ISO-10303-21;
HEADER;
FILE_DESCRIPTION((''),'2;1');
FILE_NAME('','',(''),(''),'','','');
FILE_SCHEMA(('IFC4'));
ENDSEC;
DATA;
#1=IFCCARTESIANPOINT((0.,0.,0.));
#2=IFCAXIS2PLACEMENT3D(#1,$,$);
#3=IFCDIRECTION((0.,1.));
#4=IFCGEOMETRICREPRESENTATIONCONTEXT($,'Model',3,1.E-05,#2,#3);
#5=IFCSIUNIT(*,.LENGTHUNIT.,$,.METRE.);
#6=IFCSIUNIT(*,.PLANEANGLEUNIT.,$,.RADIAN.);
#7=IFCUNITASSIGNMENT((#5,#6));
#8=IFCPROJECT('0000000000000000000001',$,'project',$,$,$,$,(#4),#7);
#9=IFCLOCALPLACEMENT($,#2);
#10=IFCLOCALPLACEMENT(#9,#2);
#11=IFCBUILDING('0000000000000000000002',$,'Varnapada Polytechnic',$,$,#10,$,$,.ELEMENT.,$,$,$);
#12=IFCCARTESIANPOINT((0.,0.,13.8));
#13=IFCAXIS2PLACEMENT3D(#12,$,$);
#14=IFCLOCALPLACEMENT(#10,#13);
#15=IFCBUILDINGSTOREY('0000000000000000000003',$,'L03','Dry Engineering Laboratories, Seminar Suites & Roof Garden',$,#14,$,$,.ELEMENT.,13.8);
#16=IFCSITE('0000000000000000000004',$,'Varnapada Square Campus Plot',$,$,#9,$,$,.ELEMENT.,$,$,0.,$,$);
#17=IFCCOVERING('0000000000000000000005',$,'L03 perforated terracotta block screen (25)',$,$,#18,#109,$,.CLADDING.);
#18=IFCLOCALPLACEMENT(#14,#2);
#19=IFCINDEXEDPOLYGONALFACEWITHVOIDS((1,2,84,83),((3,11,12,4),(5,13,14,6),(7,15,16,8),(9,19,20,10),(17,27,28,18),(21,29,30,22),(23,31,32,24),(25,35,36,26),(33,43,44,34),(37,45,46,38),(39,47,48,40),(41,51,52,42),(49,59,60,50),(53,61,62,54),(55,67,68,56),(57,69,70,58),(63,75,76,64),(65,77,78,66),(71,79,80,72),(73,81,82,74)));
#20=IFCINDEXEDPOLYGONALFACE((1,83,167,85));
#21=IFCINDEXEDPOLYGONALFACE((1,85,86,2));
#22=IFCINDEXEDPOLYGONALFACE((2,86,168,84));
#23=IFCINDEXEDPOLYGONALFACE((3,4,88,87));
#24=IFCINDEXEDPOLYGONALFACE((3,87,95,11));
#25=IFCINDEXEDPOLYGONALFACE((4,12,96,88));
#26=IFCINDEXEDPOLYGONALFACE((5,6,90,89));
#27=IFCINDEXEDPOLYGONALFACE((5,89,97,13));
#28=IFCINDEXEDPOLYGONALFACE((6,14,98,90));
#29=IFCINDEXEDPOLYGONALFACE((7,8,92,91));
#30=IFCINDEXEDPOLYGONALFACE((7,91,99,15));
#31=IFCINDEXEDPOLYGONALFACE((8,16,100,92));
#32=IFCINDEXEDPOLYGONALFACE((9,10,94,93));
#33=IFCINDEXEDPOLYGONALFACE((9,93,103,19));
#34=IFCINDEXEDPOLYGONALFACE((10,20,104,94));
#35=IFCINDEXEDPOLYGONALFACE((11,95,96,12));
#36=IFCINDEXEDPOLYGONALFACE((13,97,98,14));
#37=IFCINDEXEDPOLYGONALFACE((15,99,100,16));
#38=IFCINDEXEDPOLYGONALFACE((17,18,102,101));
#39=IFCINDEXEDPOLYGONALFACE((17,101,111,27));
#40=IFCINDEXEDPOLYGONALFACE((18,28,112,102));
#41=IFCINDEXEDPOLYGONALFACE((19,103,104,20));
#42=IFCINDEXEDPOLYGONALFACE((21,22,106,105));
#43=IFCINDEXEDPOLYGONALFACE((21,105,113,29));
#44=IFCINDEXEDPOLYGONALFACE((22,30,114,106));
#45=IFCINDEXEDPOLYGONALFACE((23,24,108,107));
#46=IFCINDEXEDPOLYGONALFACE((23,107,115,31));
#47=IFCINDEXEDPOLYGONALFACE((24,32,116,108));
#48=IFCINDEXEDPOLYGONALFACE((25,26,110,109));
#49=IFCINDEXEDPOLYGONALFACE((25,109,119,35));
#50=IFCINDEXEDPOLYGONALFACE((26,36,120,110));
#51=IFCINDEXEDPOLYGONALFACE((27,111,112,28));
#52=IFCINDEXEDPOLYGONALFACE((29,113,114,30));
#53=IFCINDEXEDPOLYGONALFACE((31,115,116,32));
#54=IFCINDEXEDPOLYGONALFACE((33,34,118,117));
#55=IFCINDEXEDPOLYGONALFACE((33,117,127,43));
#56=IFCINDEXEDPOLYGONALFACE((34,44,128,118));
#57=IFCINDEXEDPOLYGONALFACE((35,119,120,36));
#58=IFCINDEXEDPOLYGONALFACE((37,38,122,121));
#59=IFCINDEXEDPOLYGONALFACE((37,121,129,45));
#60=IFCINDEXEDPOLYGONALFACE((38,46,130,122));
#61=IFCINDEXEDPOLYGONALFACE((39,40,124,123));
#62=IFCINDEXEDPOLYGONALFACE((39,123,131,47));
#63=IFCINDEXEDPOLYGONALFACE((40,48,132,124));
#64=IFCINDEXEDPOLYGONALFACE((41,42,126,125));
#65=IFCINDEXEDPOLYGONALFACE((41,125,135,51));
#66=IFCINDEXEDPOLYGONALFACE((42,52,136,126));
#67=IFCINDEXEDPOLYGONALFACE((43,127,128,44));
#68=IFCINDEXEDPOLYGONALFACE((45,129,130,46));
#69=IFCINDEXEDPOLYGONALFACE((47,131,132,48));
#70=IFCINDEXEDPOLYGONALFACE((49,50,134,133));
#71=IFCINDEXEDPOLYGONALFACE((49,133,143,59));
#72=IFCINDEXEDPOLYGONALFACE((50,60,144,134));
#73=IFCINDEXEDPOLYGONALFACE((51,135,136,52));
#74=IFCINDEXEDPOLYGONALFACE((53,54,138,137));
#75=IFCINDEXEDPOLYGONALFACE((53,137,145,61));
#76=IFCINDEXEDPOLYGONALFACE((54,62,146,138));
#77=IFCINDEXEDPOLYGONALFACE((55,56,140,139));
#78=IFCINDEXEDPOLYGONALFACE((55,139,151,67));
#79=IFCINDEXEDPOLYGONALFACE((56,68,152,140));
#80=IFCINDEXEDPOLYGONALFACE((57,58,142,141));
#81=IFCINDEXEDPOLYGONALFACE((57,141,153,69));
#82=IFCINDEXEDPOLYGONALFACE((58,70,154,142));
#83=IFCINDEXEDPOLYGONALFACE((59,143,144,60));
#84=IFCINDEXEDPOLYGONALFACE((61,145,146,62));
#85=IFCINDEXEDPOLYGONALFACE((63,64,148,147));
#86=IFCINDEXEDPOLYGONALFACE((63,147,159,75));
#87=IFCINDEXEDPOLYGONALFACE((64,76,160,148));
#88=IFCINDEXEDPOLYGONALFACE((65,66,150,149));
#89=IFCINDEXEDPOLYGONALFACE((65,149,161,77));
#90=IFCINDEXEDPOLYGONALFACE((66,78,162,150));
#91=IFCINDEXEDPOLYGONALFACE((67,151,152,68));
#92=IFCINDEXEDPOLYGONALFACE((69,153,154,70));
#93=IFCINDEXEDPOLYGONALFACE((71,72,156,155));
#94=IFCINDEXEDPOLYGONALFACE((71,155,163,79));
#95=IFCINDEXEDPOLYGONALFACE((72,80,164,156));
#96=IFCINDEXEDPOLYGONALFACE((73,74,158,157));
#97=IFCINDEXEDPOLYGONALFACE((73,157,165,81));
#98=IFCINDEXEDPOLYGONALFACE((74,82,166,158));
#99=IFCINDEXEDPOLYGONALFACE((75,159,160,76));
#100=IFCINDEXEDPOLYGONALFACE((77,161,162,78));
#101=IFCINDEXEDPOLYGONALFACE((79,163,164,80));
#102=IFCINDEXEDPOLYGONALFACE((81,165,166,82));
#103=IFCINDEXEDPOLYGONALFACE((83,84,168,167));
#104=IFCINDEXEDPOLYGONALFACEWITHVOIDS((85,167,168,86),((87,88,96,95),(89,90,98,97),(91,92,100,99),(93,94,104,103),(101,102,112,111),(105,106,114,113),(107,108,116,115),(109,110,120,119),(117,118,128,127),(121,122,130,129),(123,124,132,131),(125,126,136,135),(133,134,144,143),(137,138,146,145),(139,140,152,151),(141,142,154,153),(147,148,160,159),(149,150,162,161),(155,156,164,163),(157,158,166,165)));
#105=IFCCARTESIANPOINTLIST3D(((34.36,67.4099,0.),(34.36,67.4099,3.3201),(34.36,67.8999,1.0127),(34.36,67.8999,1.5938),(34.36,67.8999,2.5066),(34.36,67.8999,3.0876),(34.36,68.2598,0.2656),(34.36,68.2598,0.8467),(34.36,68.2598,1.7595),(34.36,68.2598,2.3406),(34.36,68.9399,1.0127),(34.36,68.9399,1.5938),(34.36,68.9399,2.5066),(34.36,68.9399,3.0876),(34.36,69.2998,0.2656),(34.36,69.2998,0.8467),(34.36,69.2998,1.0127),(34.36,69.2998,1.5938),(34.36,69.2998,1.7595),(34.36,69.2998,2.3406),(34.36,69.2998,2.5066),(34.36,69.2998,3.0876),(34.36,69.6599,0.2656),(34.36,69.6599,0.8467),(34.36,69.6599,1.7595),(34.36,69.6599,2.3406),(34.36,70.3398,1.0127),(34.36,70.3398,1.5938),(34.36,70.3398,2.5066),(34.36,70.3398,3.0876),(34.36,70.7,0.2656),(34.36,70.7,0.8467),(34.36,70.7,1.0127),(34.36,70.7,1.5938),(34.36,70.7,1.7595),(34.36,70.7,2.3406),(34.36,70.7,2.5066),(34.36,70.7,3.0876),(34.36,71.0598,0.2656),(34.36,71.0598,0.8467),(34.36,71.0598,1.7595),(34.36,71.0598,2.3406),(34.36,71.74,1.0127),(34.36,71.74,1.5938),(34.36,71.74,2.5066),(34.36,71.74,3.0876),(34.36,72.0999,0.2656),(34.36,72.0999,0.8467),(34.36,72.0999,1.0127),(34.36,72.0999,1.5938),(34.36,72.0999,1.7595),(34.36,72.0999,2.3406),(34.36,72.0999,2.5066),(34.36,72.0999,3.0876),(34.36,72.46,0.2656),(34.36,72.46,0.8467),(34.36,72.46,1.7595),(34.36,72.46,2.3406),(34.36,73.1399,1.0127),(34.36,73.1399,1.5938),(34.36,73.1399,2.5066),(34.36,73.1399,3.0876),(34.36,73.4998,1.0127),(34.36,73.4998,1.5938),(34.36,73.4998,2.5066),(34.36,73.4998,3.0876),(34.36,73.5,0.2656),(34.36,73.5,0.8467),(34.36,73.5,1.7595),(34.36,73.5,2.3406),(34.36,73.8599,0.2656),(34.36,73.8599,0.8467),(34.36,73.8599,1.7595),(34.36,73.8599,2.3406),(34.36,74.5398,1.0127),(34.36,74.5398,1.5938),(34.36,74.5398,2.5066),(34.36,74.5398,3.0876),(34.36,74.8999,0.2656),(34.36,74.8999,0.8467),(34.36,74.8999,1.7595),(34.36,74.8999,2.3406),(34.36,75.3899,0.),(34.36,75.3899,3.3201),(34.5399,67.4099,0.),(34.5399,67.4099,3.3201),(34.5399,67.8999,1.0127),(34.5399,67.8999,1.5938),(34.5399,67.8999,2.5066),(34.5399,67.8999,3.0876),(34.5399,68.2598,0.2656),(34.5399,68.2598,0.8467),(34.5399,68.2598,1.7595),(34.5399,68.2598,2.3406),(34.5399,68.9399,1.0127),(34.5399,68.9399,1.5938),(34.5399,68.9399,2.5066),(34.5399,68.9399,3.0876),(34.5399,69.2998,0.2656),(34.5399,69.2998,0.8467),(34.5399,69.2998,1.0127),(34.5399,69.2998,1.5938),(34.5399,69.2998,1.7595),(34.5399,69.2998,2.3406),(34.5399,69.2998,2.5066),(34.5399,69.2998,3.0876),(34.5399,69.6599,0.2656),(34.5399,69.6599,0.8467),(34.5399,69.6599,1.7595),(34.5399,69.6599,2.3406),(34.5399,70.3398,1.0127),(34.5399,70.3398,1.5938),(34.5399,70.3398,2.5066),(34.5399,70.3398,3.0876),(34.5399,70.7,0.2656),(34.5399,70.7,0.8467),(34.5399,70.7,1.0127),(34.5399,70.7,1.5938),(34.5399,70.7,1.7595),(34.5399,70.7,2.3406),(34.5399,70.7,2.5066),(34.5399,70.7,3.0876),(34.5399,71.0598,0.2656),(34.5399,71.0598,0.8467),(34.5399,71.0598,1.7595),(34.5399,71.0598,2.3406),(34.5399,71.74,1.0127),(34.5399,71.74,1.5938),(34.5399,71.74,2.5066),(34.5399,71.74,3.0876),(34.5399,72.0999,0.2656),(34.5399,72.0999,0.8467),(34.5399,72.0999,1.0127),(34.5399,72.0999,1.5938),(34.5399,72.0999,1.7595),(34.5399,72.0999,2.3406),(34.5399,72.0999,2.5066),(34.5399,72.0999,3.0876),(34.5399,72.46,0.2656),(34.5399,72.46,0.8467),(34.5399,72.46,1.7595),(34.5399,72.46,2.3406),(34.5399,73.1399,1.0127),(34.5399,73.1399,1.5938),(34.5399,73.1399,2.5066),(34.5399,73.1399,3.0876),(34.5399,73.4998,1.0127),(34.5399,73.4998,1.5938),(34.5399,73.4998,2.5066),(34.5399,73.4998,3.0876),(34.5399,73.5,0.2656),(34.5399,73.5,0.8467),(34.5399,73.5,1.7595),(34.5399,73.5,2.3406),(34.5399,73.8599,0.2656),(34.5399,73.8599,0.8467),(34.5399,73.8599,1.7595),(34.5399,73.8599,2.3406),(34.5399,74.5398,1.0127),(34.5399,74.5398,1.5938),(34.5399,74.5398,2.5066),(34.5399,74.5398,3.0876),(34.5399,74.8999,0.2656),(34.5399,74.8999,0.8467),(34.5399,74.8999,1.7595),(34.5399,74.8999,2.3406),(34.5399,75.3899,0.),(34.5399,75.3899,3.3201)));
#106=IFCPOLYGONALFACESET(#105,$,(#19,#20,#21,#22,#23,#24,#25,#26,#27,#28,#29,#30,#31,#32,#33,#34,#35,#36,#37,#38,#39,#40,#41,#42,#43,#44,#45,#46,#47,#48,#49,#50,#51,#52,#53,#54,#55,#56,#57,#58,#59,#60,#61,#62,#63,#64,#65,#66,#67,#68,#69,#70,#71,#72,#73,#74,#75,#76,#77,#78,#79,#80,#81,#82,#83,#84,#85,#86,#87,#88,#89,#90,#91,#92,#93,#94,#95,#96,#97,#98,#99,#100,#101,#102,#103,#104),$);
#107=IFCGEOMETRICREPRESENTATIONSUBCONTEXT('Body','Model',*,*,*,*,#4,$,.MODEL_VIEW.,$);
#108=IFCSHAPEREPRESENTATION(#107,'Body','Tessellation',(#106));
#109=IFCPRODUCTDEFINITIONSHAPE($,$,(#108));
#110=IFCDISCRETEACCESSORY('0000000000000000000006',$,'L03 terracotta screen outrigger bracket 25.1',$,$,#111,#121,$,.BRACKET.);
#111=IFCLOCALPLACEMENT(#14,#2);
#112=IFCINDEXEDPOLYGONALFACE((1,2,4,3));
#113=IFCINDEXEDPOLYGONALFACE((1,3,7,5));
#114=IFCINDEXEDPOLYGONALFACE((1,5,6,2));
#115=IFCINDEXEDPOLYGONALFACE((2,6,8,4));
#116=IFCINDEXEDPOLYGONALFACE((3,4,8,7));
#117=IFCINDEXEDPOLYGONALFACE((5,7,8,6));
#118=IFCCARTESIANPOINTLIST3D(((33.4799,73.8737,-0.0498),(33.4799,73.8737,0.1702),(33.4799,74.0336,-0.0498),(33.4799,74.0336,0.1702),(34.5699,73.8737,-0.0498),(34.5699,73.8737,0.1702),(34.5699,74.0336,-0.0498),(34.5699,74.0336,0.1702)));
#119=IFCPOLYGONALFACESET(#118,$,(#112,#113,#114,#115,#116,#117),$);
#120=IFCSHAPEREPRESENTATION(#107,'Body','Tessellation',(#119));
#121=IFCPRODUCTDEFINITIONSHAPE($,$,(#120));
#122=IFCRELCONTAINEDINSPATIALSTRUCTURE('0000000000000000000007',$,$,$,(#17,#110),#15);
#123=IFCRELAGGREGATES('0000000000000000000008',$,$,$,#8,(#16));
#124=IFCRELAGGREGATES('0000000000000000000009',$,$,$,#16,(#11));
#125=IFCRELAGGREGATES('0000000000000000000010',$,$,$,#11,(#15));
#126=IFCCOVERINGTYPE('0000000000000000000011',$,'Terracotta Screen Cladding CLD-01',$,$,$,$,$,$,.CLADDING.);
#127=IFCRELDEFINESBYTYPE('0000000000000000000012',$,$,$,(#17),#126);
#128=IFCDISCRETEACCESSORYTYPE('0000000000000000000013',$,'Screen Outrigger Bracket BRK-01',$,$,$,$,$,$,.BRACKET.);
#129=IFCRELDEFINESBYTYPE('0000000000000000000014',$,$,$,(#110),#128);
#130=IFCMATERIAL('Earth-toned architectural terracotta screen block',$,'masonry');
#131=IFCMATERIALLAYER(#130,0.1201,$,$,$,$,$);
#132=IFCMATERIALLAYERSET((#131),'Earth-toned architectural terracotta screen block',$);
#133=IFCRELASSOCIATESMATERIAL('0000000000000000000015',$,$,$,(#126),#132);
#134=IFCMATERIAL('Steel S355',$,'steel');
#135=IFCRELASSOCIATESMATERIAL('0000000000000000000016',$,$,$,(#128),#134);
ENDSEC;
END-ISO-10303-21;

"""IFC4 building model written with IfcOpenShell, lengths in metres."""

from ifc_helpers import new_model, si_unit, direction, frame, frame_2d, origin, origin_2d, place, context, subcontext, project, spatial, rectangle, extrude, material, layer, layer_set, type_object, element, save


model = new_model("IFC4")

# Units and contexts
model_context = context("Model", 3, precision=1e-05, world=origin(), true_north=direction((0.0, 1.0)))
body_context = subcontext(model_context, "Body", "Model", "MODEL_VIEW")
ifc_project = project(units=[si_unit("LENGTHUNIT", "METRE"), si_unit("PLANEANGLEUNIT", "RADIAN")], contexts=[model_context])

# Site, building, storey
site_placement = place(None, origin())
site = spatial("IfcSite", under=ifc_project, at=site_placement, Name="Varnapada Square Campus Plot", CompositionType="ELEMENT", RefElevation=0.0)
building_placement = place(site_placement, origin())
building = spatial("IfcBuilding", under=site, at=building_placement, Name="Varnapada Polytechnic", CompositionType="ELEMENT")
storey_placement = place(building_placement, frame((0.0, 0.0, 13.8)))
storey = spatial("IfcBuildingStorey", under=building, at=storey_placement, Name="L03", Description="Dry Engineering Laboratories, Seminar Suites & Roof Garden", CompositionType="ELEMENT", Elevation=13.8)

# Covering, openings
ifc_material_1 = material(Name="Earth-toned architectural terracotta screen block", Category="masonry")
ifc_layer_1 = layer(ifc_material_1, 0.1201)
ifc_layer_set_1 = layer_set([ifc_layer_1], Name="Earth-toned architectural terracotta screen block")
covering_type = type_object("IfcCoveringType", Name="Terracotta Screen Cladding CLD-01", PredefinedType="CLADDING", material=ifc_layer_set_1)
covering_placement = place(storey_placement, frame((34.45, 75.3899, 0.0), z_axis=(0.0, 0.0, 1.0), x_axis=(0.0, -1.0, 0.0)))
covering = element("IfcCovering", 1, at=covering_placement, inside=storey, type_object=covering_type, Name="L03 perforated terracotta block screen (25)", PredefinedType="CLADDING", context=body_context, shape_type="SweptSolid", body=[
    extrude(rectangle(XDim=7.98, YDim=0.1799, at=frame_2d((3.99, 0.0))), origin(), (0.0, 0.0, 1.0), 3.3201),
])
opening_1_placement = place(covering_placement, frame((0.49, 0.0, 0.2656)))
element("IfcOpeningElement", 2, at=opening_1_placement, cuts=covering, PredefinedType="OPENING", context=body_context, shape_type="SweptSolid", body=[
    extrude(rectangle(XDim=1.04, YDim=0.5811, at=frame_2d((0.52, 0.2905))), frame((0.0, 0.0999, 0.0), z_axis=(0.0, -1.0, 0.0), x_axis=(1.0, 0.0, 0.0)), (0.0, 0.0, 1.0), 0.2),
])
opening_2_placement = place(covering_placement, frame((1.8899, 0.0, 0.2656)))
element("IfcOpeningElement", 3, at=opening_2_placement, cuts=covering, PredefinedType="OPENING", context=body_context, shape_type="SweptSolid", body=[
    extrude(rectangle(XDim=1.04, YDim=0.5811, at=frame_2d((0.52, 0.2905))), frame((0.0, 0.0999, 0.0), z_axis=(0.0, -1.0, 0.0), x_axis=(1.0, 0.0, 0.0)), (0.0, 0.0, 1.0), 0.2),
])
opening_3_placement = place(covering_placement, frame((3.29, 0.0, 0.2656)))
element("IfcOpeningElement", 4, at=opening_3_placement, cuts=covering, PredefinedType="OPENING", context=body_context, shape_type="SweptSolid", body=[
    extrude(rectangle(XDim=1.04, YDim=0.5811, at=frame_2d((0.52, 0.2905))), frame((0.0, 0.0999, 0.0), z_axis=(0.0, -1.0, 0.0), x_axis=(1.0, 0.0, 0.0)), (0.0, 0.0, 1.0), 0.2),
])
opening_4_placement = place(covering_placement, frame((4.6899, 0.0, 0.2656)))
element("IfcOpeningElement", 5, at=opening_4_placement, cuts=covering, PredefinedType="OPENING", context=body_context, shape_type="SweptSolid", body=[
    extrude(rectangle(XDim=1.04, YDim=0.5811, at=frame_2d((0.52, 0.2905))), frame((0.0, 0.0999, 0.0), z_axis=(0.0, -1.0, 0.0), x_axis=(1.0, 0.0, 0.0)), (0.0, 0.0, 1.0), 0.2),
])
opening_5_placement = place(covering_placement, frame((6.0901, 0.0, 0.2656)))
element("IfcOpeningElement", 6, at=opening_5_placement, cuts=covering, PredefinedType="OPENING", context=body_context, shape_type="SweptSolid", body=[
    extrude(rectangle(XDim=1.04, YDim=0.5811, at=frame_2d((0.52, 0.2905))), frame((0.0, 0.0999, 0.0), z_axis=(0.0, -1.0, 0.0), x_axis=(1.0, 0.0, 0.0)), (0.0, 0.0, 1.0), 0.2),
])
opening_6_placement = place(covering_placement, frame((0.8501, 0.0, 1.0127)))
element("IfcOpeningElement", 7, at=opening_6_placement, cuts=covering, PredefinedType="OPENING", context=body_context, shape_type="SweptSolid", body=[
    extrude(rectangle(XDim=1.04, YDim=0.5811, at=frame_2d((0.52, 0.2905))), frame((0.0, 0.0999, 0.0), z_axis=(0.0, -1.0, 0.0), x_axis=(1.0, 0.0, 0.0)), (0.0, 0.0, 1.0), 0.2),
])
opening_7_placement = place(covering_placement, frame((2.25, 0.0, 1.0127)))
element("IfcOpeningElement", 8, at=opening_7_placement, cuts=covering, PredefinedType="OPENING", context=body_context, shape_type="SweptSolid", body=[
    extrude(rectangle(XDim=1.04, YDim=0.5811, at=frame_2d((0.52, 0.2905))), frame((0.0, 0.0999, 0.0), z_axis=(0.0, -1.0, 0.0), x_axis=(1.0, 0.0, 0.0)), (0.0, 0.0, 1.0), 0.2),
])
opening_8_placement = place(covering_placement, frame((3.6499, 0.0, 1.0127)))
element("IfcOpeningElement", 9, at=opening_8_placement, cuts=covering, PredefinedType="OPENING", context=body_context, shape_type="SweptSolid", body=[
    extrude(rectangle(XDim=1.04, YDim=0.5811, at=frame_2d((0.52, 0.2905))), frame((0.0, 0.0999, 0.0), z_axis=(0.0, -1.0, 0.0), x_axis=(1.0, 0.0, 0.0)), (0.0, 0.0, 1.0), 0.2),
])
opening_9_placement = place(covering_placement, frame((5.05, 0.0, 1.0127)))
element("IfcOpeningElement", 10, at=opening_9_placement, cuts=covering, PredefinedType="OPENING", context=body_context, shape_type="SweptSolid", body=[
    extrude(rectangle(XDim=1.04, YDim=0.5811, at=frame_2d((0.52, 0.2905))), frame((0.0, 0.0999, 0.0), z_axis=(0.0, -1.0, 0.0), x_axis=(1.0, 0.0, 0.0)), (0.0, 0.0, 1.0), 0.2),
])
opening_10_placement = place(covering_placement, frame((6.45, 0.0, 1.0127)))
element("IfcOpeningElement", 11, at=opening_10_placement, cuts=covering, PredefinedType="OPENING", context=body_context, shape_type="SweptSolid", body=[
    extrude(rectangle(XDim=1.04, YDim=0.5811, at=frame_2d((0.52, 0.2905))), frame((0.0, 0.0999, 0.0), z_axis=(0.0, -1.0, 0.0), x_axis=(1.0, 0.0, 0.0)), (0.0, 0.0, 1.0), 0.2),
])
opening_11_placement = place(covering_placement, frame((0.49, 0.0, 1.7595)))
element("IfcOpeningElement", 12, at=opening_11_placement, cuts=covering, PredefinedType="OPENING", context=body_context, shape_type="SweptSolid", body=[
    extrude(rectangle(XDim=1.04, YDim=0.5811, at=frame_2d((0.52, 0.2905))), frame((0.0, 0.0999, 0.0), z_axis=(0.0, -1.0, 0.0), x_axis=(1.0, 0.0, 0.0)), (0.0, 0.0, 1.0), 0.2),
])
opening_12_placement = place(covering_placement, frame((1.8899, 0.0, 1.7595)))
element("IfcOpeningElement", 13, at=opening_12_placement, cuts=covering, PredefinedType="OPENING", context=body_context, shape_type="SweptSolid", body=[
    extrude(rectangle(XDim=1.04, YDim=0.5811, at=frame_2d((0.52, 0.2905))), frame((0.0, 0.0999, 0.0), z_axis=(0.0, -1.0, 0.0), x_axis=(1.0, 0.0, 0.0)), (0.0, 0.0, 1.0), 0.2),
])
opening_13_placement = place(covering_placement, frame((3.29, 0.0, 1.7595)))
element("IfcOpeningElement", 14, at=opening_13_placement, cuts=covering, PredefinedType="OPENING", context=body_context, shape_type="SweptSolid", body=[
    extrude(rectangle(XDim=1.04, YDim=0.5811, at=frame_2d((0.52, 0.2905))), frame((0.0, 0.0999, 0.0), z_axis=(0.0, -1.0, 0.0), x_axis=(1.0, 0.0, 0.0)), (0.0, 0.0, 1.0), 0.2),
])
opening_14_placement = place(covering_placement, frame((4.6899, 0.0, 1.7595)))
element("IfcOpeningElement", 15, at=opening_14_placement, cuts=covering, PredefinedType="OPENING", context=body_context, shape_type="SweptSolid", body=[
    extrude(rectangle(XDim=1.04, YDim=0.5811, at=frame_2d((0.52, 0.2905))), frame((0.0, 0.0999, 0.0), z_axis=(0.0, -1.0, 0.0), x_axis=(1.0, 0.0, 0.0)), (0.0, 0.0, 1.0), 0.2),
])
opening_15_placement = place(covering_placement, frame((6.0901, 0.0, 1.7595)))
element("IfcOpeningElement", 16, at=opening_15_placement, cuts=covering, PredefinedType="OPENING", context=body_context, shape_type="SweptSolid", body=[
    extrude(rectangle(XDim=1.04, YDim=0.5811, at=frame_2d((0.52, 0.2905))), frame((0.0, 0.0999, 0.0), z_axis=(0.0, -1.0, 0.0), x_axis=(1.0, 0.0, 0.0)), (0.0, 0.0, 1.0), 0.2),
])
opening_16_placement = place(covering_placement, frame((0.8501, 0.0, 2.5066)))
element("IfcOpeningElement", 17, at=opening_16_placement, cuts=covering, PredefinedType="OPENING", context=body_context, shape_type="SweptSolid", body=[
    extrude(rectangle(XDim=1.04, YDim=0.5811, at=frame_2d((0.52, 0.2905))), frame((0.0, 0.0999, 0.0), z_axis=(0.0, -1.0, 0.0), x_axis=(1.0, 0.0, 0.0)), (0.0, 0.0, 1.0), 0.2),
])
opening_17_placement = place(covering_placement, frame((2.25, 0.0, 2.5066)))
element("IfcOpeningElement", 18, at=opening_17_placement, cuts=covering, PredefinedType="OPENING", context=body_context, shape_type="SweptSolid", body=[
    extrude(rectangle(XDim=1.04, YDim=0.5811, at=frame_2d((0.52, 0.2905))), frame((0.0, 0.0999, 0.0), z_axis=(0.0, -1.0, 0.0), x_axis=(1.0, 0.0, 0.0)), (0.0, 0.0, 1.0), 0.2),
])
opening_18_placement = place(covering_placement, frame((3.6499, 0.0, 2.5066)))
element("IfcOpeningElement", 19, at=opening_18_placement, cuts=covering, PredefinedType="OPENING", context=body_context, shape_type="SweptSolid", body=[
    extrude(rectangle(XDim=1.04, YDim=0.5811, at=frame_2d((0.52, 0.2905))), frame((0.0, 0.0999, 0.0), z_axis=(0.0, -1.0, 0.0), x_axis=(1.0, 0.0, 0.0)), (0.0, 0.0, 1.0), 0.2),
])
opening_19_placement = place(covering_placement, frame((5.05, 0.0, 2.5066)))
element("IfcOpeningElement", 20, at=opening_19_placement, cuts=covering, PredefinedType="OPENING", context=body_context, shape_type="SweptSolid", body=[
    extrude(rectangle(XDim=1.04, YDim=0.5811, at=frame_2d((0.52, 0.2905))), frame((0.0, 0.0999, 0.0), z_axis=(0.0, -1.0, 0.0), x_axis=(1.0, 0.0, 0.0)), (0.0, 0.0, 1.0), 0.2),
])
opening_20_placement = place(covering_placement, frame((6.45, 0.0, 2.5066)))
element("IfcOpeningElement", 21, at=opening_20_placement, cuts=covering, PredefinedType="OPENING", context=body_context, shape_type="SweptSolid", body=[
    extrude(rectangle(XDim=1.04, YDim=0.5811, at=frame_2d((0.52, 0.2905))), frame((0.0, 0.0999, 0.0), z_axis=(0.0, -1.0, 0.0), x_axis=(1.0, 0.0, 0.0)), (0.0, 0.0, 1.0), 0.2),
])

# Discrete accessory
ifc_material_2 = material(Name="Steel S355", Category="steel")
discrete_accessory_type = type_object("IfcDiscreteAccessoryType", Name="Screen Outrigger Bracket BRK-01", PredefinedType="BRACKET", material=ifc_material_2)
for number, where, z_axis, x_axis, name in (
    (22, (34.0249, 73.9536, -0.0498), (0.0, 0.0, 1.0), (0.0, -1.0, 0.0), "L03 terracotta screen outrigger bracket 25.1"),
):
    element("IfcDiscreteAccessory", number, at=place(storey_placement, frame(where, z_axis=z_axis, x_axis=x_axis)), inside=storey, type_object=discrete_accessory_type, Name=name, PredefinedType="BRACKET", context=body_context, shape_type="SweptSolid", body=[
        extrude(rectangle(XDim=0.1599, YDim=1.0901, at=origin_2d()), origin(), (0.0, 0.0, 1.0), 0.22),
    ])

save(model, "model.ifc")
